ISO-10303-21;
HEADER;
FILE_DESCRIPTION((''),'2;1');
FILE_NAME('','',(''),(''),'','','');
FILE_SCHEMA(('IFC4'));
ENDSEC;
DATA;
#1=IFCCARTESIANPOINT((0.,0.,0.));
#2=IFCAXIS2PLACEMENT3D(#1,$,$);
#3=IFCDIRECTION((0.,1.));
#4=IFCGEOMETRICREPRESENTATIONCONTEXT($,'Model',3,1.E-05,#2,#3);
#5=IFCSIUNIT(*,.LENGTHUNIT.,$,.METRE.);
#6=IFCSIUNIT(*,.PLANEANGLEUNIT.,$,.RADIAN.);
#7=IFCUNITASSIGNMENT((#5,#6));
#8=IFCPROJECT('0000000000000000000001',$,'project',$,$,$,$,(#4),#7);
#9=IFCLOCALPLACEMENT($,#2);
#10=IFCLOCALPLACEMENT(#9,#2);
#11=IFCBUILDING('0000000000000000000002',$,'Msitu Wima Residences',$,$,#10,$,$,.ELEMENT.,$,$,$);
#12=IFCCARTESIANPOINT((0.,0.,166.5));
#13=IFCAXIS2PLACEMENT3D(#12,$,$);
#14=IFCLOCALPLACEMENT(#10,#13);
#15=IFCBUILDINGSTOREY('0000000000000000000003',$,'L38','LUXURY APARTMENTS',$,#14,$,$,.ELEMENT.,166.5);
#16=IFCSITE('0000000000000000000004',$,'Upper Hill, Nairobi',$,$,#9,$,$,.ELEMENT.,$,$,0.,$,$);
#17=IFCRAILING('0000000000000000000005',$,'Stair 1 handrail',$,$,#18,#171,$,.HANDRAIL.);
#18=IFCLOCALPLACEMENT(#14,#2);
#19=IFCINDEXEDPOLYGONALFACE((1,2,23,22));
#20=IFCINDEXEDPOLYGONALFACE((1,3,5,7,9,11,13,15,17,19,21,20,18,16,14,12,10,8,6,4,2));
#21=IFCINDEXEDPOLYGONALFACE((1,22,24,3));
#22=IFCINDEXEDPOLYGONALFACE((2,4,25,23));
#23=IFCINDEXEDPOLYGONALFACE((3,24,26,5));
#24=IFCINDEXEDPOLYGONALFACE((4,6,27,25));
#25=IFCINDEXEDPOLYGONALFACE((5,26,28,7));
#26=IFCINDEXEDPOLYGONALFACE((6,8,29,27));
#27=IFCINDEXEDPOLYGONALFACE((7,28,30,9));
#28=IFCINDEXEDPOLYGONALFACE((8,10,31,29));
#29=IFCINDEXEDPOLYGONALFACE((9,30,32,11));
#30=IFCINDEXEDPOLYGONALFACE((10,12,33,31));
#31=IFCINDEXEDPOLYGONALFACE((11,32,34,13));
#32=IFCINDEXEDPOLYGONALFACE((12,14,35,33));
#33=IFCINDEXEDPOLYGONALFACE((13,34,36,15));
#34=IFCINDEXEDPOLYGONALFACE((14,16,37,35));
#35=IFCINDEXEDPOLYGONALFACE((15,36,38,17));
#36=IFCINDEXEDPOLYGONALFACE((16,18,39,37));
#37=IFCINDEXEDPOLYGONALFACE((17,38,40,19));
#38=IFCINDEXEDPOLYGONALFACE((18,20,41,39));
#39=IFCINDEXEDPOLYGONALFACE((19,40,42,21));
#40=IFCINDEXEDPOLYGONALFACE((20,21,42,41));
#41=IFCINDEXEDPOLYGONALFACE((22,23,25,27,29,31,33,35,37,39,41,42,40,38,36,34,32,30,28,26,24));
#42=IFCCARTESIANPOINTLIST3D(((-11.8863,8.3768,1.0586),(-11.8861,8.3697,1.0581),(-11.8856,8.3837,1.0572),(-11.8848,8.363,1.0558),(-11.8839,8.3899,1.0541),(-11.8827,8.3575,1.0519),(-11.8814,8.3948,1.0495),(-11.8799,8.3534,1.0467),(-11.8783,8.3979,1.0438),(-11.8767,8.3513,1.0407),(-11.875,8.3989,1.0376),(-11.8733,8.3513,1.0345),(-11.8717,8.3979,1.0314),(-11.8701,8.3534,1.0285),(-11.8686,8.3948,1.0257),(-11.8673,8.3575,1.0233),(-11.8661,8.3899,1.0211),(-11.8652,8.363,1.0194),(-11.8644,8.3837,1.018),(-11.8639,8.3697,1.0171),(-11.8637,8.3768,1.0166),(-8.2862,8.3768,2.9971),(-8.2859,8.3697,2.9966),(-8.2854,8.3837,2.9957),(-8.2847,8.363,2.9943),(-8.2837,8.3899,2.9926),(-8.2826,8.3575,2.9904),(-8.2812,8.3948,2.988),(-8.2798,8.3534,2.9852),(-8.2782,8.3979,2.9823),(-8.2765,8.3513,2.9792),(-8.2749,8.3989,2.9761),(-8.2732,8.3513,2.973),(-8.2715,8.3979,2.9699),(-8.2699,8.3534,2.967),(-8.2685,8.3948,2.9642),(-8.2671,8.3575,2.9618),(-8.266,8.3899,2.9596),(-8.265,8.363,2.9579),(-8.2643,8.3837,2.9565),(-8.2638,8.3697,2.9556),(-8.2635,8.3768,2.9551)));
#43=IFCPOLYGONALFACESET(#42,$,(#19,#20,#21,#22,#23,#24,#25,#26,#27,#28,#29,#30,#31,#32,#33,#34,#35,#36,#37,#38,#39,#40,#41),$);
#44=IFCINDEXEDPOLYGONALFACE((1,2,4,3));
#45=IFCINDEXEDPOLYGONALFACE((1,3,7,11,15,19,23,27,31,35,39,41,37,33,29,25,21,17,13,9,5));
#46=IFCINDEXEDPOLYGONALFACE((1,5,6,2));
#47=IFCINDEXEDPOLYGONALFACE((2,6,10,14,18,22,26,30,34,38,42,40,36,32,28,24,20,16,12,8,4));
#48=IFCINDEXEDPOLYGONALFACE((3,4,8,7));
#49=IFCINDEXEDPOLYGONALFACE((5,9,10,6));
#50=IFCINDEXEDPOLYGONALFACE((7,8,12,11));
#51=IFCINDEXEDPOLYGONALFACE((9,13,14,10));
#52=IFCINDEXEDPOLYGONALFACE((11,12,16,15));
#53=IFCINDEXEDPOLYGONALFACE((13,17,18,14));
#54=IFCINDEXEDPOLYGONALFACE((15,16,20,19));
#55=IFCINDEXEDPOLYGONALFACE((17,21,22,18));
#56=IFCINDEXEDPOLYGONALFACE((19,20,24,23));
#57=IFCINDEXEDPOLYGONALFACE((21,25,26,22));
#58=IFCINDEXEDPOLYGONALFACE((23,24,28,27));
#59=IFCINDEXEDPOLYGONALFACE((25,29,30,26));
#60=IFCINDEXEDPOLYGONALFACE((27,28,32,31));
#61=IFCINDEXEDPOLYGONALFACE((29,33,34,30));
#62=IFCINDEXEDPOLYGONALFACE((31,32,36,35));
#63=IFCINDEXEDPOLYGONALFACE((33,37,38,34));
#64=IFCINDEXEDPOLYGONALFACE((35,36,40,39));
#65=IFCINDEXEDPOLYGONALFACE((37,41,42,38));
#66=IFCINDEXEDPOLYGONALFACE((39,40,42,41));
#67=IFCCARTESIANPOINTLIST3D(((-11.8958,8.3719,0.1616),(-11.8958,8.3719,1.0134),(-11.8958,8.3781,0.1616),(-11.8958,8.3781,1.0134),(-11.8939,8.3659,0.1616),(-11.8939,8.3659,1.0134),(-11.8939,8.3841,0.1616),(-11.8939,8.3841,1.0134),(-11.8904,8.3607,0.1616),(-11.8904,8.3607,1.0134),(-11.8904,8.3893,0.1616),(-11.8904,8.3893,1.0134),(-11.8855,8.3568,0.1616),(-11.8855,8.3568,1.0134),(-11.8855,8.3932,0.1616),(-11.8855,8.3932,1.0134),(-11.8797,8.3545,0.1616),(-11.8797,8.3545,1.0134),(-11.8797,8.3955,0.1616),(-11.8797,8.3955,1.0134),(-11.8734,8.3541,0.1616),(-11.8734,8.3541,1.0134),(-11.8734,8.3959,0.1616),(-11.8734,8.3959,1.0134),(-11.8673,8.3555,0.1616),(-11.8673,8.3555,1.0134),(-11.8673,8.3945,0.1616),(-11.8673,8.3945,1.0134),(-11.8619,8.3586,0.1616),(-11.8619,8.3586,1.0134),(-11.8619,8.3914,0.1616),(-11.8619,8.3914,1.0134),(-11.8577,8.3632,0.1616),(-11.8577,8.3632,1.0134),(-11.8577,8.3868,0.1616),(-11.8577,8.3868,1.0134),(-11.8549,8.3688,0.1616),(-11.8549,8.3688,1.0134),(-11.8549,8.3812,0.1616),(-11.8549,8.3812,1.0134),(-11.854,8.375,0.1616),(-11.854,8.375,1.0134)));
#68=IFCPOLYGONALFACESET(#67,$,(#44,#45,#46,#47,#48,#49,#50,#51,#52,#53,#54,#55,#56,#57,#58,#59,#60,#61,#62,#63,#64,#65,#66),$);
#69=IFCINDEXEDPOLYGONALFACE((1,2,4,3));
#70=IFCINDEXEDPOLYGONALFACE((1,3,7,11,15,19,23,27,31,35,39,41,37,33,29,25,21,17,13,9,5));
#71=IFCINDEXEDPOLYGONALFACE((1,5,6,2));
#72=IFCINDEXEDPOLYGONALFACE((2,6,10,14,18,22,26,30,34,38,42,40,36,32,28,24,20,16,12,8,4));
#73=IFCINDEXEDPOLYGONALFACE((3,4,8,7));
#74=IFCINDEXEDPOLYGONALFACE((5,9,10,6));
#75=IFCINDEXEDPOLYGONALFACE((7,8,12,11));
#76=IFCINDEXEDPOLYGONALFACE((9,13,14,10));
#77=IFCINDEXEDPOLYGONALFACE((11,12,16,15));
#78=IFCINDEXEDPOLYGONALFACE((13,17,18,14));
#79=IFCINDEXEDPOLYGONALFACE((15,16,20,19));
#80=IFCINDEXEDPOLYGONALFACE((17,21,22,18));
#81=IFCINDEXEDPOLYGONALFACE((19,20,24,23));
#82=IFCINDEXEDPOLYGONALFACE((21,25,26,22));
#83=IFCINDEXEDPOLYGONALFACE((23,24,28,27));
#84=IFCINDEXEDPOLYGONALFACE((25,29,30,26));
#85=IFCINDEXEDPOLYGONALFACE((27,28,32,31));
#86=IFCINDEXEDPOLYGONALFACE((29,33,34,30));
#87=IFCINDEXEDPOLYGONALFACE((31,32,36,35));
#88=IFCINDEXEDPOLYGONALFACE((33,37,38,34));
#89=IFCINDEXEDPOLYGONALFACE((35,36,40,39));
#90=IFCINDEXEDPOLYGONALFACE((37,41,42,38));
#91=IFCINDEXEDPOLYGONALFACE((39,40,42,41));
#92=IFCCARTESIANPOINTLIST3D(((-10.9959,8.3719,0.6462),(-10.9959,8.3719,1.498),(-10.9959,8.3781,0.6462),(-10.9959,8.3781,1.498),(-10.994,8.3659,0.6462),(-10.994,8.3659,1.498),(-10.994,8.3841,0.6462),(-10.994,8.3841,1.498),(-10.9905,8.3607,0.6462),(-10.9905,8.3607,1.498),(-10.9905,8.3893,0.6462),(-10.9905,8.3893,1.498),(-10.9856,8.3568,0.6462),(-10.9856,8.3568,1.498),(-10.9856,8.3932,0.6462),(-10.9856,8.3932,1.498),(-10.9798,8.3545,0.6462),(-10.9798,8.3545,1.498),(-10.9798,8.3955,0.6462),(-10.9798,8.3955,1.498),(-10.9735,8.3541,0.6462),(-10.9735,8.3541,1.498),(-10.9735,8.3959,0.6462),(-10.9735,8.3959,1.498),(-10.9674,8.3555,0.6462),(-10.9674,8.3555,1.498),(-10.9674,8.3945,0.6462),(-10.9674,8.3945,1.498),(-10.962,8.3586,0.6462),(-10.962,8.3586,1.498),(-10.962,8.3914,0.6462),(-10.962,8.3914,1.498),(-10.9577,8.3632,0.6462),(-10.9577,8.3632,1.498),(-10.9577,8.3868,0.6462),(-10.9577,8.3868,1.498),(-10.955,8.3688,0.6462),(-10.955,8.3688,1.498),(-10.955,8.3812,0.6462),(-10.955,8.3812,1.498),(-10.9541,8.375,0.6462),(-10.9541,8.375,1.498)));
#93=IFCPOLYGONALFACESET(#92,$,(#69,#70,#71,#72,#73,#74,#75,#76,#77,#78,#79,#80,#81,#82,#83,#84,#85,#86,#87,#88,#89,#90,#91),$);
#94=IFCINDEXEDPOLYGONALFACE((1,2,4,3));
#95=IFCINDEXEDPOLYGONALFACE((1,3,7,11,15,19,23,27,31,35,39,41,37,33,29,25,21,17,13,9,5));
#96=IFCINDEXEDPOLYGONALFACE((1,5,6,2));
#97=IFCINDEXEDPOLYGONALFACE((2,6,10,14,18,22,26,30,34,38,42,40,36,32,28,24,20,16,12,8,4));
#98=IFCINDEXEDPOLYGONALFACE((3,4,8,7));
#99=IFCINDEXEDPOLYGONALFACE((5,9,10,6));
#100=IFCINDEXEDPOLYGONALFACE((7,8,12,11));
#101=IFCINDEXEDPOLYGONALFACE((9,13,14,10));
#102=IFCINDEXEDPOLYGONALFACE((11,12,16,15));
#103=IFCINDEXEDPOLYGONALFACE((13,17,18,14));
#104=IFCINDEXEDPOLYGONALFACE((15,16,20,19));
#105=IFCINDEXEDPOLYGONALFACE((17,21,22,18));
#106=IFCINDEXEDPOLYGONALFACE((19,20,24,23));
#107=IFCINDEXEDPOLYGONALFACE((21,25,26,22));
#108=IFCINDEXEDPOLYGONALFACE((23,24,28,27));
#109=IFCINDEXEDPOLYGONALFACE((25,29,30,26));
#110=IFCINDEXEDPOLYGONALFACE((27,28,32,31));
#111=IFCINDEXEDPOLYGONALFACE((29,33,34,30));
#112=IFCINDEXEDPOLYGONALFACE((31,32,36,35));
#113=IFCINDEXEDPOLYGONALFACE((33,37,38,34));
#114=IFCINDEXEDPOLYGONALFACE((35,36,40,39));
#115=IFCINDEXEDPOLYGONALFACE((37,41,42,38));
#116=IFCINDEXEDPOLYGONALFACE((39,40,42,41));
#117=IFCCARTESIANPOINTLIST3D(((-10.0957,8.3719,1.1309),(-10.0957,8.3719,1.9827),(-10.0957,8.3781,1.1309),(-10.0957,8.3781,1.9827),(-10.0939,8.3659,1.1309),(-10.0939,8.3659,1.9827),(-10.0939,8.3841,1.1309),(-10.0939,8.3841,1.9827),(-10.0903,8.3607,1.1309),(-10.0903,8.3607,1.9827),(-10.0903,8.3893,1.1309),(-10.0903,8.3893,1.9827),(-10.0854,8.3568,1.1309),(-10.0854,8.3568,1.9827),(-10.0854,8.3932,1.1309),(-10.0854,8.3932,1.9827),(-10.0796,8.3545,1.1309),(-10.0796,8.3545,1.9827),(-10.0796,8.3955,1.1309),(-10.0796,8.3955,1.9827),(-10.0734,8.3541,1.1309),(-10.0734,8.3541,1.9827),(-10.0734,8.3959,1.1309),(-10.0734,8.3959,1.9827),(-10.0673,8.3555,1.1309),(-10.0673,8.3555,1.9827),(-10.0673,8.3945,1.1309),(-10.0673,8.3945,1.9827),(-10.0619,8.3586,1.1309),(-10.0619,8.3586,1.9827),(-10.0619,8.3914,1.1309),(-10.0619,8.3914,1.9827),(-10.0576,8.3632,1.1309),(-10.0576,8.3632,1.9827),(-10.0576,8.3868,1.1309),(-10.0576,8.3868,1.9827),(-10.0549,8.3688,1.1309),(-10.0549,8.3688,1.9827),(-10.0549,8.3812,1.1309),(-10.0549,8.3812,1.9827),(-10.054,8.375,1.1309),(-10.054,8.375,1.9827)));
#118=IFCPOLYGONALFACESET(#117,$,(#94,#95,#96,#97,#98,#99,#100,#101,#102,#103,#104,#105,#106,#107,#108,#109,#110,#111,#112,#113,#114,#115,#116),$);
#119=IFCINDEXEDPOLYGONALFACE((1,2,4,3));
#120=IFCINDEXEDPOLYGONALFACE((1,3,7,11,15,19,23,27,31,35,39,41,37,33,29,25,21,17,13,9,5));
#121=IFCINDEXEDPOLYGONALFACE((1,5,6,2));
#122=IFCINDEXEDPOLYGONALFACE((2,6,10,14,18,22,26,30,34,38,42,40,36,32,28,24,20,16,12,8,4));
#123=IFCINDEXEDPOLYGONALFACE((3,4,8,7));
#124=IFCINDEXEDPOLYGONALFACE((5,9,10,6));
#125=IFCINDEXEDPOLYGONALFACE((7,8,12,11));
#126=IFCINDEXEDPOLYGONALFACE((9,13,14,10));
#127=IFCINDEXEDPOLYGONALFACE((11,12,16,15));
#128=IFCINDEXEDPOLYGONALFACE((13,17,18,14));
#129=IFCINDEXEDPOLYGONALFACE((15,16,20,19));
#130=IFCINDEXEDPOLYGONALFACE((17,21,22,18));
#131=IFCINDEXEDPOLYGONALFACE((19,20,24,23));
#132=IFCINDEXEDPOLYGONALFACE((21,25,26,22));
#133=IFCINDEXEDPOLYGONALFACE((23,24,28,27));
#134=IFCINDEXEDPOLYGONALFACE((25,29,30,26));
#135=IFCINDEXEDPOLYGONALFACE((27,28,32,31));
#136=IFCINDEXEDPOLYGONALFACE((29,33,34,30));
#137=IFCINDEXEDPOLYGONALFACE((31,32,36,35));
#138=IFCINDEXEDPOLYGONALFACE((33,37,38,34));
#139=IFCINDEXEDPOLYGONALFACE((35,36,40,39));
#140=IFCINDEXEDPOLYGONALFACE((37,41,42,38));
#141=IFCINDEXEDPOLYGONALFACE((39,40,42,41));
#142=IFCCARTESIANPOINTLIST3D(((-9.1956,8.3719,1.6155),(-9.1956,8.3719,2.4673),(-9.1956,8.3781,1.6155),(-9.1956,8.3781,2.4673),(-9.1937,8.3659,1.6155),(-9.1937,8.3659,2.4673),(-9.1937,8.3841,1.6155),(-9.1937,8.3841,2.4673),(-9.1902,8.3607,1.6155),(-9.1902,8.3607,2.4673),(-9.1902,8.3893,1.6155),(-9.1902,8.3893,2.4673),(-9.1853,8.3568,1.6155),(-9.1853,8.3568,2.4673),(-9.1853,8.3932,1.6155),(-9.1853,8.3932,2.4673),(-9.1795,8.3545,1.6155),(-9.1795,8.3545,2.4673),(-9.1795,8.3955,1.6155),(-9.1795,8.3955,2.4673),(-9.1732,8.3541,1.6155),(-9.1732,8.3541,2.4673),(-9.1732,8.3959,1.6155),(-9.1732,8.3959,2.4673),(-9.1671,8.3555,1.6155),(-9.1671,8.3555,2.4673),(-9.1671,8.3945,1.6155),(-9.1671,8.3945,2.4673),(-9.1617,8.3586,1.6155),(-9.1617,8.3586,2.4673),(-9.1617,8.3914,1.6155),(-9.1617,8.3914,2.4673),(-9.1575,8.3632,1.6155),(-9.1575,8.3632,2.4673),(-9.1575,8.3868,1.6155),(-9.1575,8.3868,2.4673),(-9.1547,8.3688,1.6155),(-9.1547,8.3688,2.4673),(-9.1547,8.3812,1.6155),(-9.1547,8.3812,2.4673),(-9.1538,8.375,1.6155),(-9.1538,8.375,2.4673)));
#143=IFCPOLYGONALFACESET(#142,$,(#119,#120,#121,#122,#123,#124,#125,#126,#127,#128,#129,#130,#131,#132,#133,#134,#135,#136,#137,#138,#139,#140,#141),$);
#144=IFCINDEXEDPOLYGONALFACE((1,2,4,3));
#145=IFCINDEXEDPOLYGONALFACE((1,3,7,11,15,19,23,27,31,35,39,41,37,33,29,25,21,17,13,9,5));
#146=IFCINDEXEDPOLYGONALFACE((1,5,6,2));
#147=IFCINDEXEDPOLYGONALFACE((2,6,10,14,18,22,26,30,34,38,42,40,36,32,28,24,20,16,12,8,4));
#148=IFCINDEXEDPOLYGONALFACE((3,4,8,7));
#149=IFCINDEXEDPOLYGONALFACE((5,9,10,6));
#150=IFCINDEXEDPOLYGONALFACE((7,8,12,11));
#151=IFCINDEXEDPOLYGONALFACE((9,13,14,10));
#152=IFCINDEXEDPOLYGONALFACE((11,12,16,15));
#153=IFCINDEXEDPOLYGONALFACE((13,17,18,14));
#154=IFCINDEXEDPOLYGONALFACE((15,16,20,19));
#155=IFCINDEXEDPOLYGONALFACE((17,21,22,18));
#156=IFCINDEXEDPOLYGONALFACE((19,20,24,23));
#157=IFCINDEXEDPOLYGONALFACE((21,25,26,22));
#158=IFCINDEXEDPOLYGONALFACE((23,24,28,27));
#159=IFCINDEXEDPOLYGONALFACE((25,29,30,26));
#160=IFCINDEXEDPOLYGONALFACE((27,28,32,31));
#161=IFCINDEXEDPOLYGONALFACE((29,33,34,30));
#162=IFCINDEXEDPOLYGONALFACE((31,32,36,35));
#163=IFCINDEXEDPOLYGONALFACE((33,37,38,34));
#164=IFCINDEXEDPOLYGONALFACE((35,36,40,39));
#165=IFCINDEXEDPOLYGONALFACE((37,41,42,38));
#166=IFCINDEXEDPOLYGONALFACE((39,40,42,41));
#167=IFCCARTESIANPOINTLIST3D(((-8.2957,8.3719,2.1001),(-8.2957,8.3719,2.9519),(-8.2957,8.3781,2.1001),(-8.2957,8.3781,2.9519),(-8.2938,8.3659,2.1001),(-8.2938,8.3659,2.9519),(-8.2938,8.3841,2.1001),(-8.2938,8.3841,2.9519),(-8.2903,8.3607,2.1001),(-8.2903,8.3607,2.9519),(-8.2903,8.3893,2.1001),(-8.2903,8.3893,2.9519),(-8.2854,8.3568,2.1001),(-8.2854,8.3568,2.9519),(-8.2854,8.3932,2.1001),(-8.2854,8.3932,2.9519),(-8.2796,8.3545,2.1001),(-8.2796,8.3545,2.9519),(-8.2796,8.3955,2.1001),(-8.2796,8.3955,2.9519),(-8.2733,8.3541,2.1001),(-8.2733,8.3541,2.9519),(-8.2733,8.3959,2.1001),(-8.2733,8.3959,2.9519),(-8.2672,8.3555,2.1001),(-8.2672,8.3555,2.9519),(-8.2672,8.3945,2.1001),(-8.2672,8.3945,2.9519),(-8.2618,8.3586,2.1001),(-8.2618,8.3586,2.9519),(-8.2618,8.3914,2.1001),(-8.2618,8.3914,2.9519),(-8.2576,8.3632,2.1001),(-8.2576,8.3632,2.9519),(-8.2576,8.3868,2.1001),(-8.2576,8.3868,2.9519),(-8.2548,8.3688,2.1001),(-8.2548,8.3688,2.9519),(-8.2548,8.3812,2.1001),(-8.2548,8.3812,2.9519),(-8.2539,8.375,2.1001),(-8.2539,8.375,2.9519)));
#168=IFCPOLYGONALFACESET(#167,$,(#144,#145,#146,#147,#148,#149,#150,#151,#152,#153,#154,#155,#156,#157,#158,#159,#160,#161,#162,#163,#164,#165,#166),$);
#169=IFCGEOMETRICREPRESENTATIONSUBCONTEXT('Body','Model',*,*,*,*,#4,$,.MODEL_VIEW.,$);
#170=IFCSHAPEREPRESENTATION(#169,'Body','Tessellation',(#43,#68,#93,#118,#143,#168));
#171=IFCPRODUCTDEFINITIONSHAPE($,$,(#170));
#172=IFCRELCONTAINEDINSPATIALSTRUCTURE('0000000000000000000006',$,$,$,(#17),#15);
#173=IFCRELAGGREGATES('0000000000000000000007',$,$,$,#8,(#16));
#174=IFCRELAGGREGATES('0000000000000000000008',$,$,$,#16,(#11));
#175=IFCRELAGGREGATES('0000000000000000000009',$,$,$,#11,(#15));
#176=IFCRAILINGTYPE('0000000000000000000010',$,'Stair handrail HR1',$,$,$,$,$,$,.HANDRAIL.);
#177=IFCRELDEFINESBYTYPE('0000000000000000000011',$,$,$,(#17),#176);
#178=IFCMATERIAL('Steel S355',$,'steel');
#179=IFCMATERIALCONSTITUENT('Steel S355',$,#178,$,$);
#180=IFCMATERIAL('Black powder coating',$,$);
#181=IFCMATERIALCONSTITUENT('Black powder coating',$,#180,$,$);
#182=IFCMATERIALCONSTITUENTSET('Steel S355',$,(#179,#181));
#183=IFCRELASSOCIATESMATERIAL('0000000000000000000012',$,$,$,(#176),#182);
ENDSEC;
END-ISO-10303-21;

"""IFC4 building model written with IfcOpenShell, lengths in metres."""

from ifc_helpers import new_model, si_unit, direction, frame, origin, origin_2d, place, context, subcontext, project, spatial, circle, extrude, material, constituent, constituent_set, type_object, element, save


model = new_model("IFC4")

# Units and contexts
model_context = context("Model", 3, precision=1e-05, world=origin(), true_north=direction((0.0, 1.0)))
body_context = subcontext(model_context, "Body", "Model", "MODEL_VIEW")
ifc_project = project(units=[si_unit("LENGTHUNIT", "METRE"), si_unit("PLANEANGLEUNIT", "RADIAN")], contexts=[model_context])

# Site, building, storey
site_placement = place(None, origin())
site = spatial("IfcSite", under=ifc_project, at=site_placement, Name="Upper Hill, Nairobi", CompositionType="ELEMENT", RefElevation=0.0)
building_placement = place(site_placement, origin())
building = spatial("IfcBuilding", under=site, at=building_placement, Name="Msitu Wima Residences", CompositionType="ELEMENT")
storey_placement = place(building_placement, frame((0.0, 0.0, 166.5)))
storey = spatial("IfcBuildingStorey", under=building, at=storey_placement, Name="L38", Description="LUXURY APARTMENTS", CompositionType="ELEMENT", Elevation=166.5)

# Railing
ifc_material_1 = material(Name="Steel S355", Category="steel")
ifc_constituent_1 = constituent(ifc_material_1, Name="Steel S355")
ifc_material_2 = material(Name="Black powder coating")
ifc_constituent_2 = constituent(ifc_material_2, Name="Black powder coating")
ifc_constituent_set = constituent_set(constituents=[ifc_constituent_1, ifc_constituent_2], Name="Steel S355")
railing_type = type_object("IfcRailingType", Name="Stair handrail HR1", PredefinedType="HANDRAIL", material=ifc_constituent_set)
for number, where, name in (
    (1, (-11.875, 8.375, 0.1616), "Stair 1 handrail"),
):
    element("IfcRailing", number, at=place(storey_placement, frame(where)), inside=storey, type_object=railing_type, Name=name, PredefinedType="HANDRAIL", context=body_context, shape_type="SweptSolid", body=[
        extrude(circle(Radius=0.0239, at=origin_2d()), frame((0.0, 0.0, 0.876), z_axis=(0.880475, 0.0, 0.474093), x_axis=(0.0, 1.0, 0.0)), (0.0, 0.0, 1.0), 4.0889),
        extrude(circle(Radius=0.021, at=origin_2d()), origin(), (0.0, 0.0, 1.0), 0.8518),
        extrude(circle(Radius=0.021, at=origin_2d()), frame((0.8999, 0.0, 0.4846)), (0.0, 0.0, 1.0), 0.8518),
        extrude(circle(Radius=0.021, at=origin_2d()), frame((1.8, 0.0, 0.9692)), (0.0, 0.0, 1.0), 0.8518),
        extrude(circle(Radius=0.021, at=origin_2d()), frame((2.7002, 0.0, 1.4539)), (0.0, 0.0, 1.0), 0.8518),
        extrude(circle(Radius=0.021, at=origin_2d()), frame((3.6001, 0.0, 1.9385)), (0.0, 0.0, 1.0), 0.8518),
    ])

save(model, "model.ifc")
